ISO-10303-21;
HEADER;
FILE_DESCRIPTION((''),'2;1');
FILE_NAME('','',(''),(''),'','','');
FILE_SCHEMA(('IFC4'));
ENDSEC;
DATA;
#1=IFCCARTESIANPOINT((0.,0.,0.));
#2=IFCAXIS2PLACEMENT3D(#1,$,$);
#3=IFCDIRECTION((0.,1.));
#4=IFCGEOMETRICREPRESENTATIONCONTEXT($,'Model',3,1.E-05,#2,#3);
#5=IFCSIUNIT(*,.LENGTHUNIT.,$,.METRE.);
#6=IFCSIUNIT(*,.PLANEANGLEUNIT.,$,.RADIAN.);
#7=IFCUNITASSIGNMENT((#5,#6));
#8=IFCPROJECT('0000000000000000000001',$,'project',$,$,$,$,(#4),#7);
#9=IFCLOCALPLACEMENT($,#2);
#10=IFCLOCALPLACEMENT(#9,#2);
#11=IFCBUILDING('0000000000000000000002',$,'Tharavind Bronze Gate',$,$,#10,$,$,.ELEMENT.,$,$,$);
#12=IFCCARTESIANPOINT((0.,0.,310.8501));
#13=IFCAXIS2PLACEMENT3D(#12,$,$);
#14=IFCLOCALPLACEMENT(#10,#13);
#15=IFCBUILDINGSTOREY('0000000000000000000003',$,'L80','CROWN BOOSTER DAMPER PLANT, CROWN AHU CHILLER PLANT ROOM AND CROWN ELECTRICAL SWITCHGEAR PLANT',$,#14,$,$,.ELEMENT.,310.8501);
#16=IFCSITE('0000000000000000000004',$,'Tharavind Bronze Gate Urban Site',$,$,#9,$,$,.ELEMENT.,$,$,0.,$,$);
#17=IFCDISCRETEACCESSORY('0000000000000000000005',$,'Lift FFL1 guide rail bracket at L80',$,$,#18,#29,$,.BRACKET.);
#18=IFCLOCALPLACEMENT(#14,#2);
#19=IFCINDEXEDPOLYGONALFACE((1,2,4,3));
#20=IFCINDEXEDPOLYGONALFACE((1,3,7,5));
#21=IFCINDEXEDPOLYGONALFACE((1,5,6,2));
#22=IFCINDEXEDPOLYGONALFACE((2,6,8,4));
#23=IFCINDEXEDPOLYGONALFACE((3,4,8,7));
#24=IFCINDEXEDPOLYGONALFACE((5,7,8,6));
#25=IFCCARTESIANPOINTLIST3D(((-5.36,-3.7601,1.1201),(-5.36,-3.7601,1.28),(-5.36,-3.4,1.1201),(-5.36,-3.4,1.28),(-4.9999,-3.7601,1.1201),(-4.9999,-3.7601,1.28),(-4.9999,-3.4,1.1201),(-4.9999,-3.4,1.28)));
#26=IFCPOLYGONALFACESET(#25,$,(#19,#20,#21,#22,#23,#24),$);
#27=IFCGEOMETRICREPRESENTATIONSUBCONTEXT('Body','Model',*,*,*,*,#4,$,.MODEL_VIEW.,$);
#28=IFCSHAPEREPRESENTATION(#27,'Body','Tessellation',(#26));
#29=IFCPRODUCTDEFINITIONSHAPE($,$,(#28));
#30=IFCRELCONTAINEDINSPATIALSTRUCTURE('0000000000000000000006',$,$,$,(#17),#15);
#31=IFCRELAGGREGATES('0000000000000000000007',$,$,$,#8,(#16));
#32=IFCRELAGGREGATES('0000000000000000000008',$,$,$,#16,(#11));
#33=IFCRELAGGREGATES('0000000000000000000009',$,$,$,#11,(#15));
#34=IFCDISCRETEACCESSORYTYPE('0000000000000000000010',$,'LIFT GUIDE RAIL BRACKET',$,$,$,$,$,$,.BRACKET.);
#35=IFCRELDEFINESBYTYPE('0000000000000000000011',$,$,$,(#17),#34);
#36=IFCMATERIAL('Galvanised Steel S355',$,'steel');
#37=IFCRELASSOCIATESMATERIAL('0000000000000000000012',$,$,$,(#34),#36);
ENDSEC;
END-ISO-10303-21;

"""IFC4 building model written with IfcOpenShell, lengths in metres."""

from ifc_helpers import new_model, si_unit, direction, frame, origin, origin_2d, place, context, subcontext, project, spatial, rectangle, extrude, material, type_object, element, save


model = new_model("IFC4")

# Units and contexts
model_context = context("Model", 3, precision=1e-05, world=origin(), true_north=direction((0.0, 1.0)))
body_context = subcontext(model_context, "Body", "Model", "MODEL_VIEW")
ifc_project = project(units=[si_unit("LENGTHUNIT", "METRE"), si_unit("PLANEANGLEUNIT", "RADIAN")], contexts=[model_context])

# Site, building, storey
site_placement = place(None, origin())
site = spatial("IfcSite", under=ifc_project, at=site_placement, Name="Tharavind Bronze Gate Urban Site", CompositionType="ELEMENT", RefElevation=0.0)
building_placement = place(site_placement, origin())
building = spatial("IfcBuilding", under=site, at=building_placement, Name="Tharavind Bronze Gate", CompositionType="ELEMENT")
storey_placement = place(building_placement, frame((0.0, 0.0, 310.8501)))
storey = spatial("IfcBuildingStorey", under=building, at=storey_placement, Name="L80", Description="CROWN BOOSTER DAMPER PLANT, CROWN AHU CHILLER PLANT ROOM AND CROWN ELECTRICAL SWITCHGEAR PLANT", CompositionType="ELEMENT", Elevation=310.8501)

# Discrete accessory
ifc_material_1 = material(Name="Galvanised Steel S355", Category="steel")
discrete_accessory_type = type_object("IfcDiscreteAccessoryType", Name="LIFT GUIDE RAIL BRACKET", PredefinedType="BRACKET", material=ifc_material_1)
discrete_accessory_placement = place(storey_placement, frame((-5.1799, -3.5801, 1.1201), z_axis=(0.0, 0.0, 1.0), x_axis=(1.0, 0.0, 0.0)))
element("IfcDiscreteAccessory", 1, at=discrete_accessory_placement, inside=storey, type_object=discrete_accessory_type, Name="Lift FFL1 guide rail bracket at L80", PredefinedType="BRACKET", context=body_context, shape_type="SweptSolid", body=[
    extrude(rectangle(XDim=0.3601, YDim=0.3601, at=origin_2d()), origin(), (0.0, 0.0, 1.0), 0.1599),
])

save(model, "model.ifc")
